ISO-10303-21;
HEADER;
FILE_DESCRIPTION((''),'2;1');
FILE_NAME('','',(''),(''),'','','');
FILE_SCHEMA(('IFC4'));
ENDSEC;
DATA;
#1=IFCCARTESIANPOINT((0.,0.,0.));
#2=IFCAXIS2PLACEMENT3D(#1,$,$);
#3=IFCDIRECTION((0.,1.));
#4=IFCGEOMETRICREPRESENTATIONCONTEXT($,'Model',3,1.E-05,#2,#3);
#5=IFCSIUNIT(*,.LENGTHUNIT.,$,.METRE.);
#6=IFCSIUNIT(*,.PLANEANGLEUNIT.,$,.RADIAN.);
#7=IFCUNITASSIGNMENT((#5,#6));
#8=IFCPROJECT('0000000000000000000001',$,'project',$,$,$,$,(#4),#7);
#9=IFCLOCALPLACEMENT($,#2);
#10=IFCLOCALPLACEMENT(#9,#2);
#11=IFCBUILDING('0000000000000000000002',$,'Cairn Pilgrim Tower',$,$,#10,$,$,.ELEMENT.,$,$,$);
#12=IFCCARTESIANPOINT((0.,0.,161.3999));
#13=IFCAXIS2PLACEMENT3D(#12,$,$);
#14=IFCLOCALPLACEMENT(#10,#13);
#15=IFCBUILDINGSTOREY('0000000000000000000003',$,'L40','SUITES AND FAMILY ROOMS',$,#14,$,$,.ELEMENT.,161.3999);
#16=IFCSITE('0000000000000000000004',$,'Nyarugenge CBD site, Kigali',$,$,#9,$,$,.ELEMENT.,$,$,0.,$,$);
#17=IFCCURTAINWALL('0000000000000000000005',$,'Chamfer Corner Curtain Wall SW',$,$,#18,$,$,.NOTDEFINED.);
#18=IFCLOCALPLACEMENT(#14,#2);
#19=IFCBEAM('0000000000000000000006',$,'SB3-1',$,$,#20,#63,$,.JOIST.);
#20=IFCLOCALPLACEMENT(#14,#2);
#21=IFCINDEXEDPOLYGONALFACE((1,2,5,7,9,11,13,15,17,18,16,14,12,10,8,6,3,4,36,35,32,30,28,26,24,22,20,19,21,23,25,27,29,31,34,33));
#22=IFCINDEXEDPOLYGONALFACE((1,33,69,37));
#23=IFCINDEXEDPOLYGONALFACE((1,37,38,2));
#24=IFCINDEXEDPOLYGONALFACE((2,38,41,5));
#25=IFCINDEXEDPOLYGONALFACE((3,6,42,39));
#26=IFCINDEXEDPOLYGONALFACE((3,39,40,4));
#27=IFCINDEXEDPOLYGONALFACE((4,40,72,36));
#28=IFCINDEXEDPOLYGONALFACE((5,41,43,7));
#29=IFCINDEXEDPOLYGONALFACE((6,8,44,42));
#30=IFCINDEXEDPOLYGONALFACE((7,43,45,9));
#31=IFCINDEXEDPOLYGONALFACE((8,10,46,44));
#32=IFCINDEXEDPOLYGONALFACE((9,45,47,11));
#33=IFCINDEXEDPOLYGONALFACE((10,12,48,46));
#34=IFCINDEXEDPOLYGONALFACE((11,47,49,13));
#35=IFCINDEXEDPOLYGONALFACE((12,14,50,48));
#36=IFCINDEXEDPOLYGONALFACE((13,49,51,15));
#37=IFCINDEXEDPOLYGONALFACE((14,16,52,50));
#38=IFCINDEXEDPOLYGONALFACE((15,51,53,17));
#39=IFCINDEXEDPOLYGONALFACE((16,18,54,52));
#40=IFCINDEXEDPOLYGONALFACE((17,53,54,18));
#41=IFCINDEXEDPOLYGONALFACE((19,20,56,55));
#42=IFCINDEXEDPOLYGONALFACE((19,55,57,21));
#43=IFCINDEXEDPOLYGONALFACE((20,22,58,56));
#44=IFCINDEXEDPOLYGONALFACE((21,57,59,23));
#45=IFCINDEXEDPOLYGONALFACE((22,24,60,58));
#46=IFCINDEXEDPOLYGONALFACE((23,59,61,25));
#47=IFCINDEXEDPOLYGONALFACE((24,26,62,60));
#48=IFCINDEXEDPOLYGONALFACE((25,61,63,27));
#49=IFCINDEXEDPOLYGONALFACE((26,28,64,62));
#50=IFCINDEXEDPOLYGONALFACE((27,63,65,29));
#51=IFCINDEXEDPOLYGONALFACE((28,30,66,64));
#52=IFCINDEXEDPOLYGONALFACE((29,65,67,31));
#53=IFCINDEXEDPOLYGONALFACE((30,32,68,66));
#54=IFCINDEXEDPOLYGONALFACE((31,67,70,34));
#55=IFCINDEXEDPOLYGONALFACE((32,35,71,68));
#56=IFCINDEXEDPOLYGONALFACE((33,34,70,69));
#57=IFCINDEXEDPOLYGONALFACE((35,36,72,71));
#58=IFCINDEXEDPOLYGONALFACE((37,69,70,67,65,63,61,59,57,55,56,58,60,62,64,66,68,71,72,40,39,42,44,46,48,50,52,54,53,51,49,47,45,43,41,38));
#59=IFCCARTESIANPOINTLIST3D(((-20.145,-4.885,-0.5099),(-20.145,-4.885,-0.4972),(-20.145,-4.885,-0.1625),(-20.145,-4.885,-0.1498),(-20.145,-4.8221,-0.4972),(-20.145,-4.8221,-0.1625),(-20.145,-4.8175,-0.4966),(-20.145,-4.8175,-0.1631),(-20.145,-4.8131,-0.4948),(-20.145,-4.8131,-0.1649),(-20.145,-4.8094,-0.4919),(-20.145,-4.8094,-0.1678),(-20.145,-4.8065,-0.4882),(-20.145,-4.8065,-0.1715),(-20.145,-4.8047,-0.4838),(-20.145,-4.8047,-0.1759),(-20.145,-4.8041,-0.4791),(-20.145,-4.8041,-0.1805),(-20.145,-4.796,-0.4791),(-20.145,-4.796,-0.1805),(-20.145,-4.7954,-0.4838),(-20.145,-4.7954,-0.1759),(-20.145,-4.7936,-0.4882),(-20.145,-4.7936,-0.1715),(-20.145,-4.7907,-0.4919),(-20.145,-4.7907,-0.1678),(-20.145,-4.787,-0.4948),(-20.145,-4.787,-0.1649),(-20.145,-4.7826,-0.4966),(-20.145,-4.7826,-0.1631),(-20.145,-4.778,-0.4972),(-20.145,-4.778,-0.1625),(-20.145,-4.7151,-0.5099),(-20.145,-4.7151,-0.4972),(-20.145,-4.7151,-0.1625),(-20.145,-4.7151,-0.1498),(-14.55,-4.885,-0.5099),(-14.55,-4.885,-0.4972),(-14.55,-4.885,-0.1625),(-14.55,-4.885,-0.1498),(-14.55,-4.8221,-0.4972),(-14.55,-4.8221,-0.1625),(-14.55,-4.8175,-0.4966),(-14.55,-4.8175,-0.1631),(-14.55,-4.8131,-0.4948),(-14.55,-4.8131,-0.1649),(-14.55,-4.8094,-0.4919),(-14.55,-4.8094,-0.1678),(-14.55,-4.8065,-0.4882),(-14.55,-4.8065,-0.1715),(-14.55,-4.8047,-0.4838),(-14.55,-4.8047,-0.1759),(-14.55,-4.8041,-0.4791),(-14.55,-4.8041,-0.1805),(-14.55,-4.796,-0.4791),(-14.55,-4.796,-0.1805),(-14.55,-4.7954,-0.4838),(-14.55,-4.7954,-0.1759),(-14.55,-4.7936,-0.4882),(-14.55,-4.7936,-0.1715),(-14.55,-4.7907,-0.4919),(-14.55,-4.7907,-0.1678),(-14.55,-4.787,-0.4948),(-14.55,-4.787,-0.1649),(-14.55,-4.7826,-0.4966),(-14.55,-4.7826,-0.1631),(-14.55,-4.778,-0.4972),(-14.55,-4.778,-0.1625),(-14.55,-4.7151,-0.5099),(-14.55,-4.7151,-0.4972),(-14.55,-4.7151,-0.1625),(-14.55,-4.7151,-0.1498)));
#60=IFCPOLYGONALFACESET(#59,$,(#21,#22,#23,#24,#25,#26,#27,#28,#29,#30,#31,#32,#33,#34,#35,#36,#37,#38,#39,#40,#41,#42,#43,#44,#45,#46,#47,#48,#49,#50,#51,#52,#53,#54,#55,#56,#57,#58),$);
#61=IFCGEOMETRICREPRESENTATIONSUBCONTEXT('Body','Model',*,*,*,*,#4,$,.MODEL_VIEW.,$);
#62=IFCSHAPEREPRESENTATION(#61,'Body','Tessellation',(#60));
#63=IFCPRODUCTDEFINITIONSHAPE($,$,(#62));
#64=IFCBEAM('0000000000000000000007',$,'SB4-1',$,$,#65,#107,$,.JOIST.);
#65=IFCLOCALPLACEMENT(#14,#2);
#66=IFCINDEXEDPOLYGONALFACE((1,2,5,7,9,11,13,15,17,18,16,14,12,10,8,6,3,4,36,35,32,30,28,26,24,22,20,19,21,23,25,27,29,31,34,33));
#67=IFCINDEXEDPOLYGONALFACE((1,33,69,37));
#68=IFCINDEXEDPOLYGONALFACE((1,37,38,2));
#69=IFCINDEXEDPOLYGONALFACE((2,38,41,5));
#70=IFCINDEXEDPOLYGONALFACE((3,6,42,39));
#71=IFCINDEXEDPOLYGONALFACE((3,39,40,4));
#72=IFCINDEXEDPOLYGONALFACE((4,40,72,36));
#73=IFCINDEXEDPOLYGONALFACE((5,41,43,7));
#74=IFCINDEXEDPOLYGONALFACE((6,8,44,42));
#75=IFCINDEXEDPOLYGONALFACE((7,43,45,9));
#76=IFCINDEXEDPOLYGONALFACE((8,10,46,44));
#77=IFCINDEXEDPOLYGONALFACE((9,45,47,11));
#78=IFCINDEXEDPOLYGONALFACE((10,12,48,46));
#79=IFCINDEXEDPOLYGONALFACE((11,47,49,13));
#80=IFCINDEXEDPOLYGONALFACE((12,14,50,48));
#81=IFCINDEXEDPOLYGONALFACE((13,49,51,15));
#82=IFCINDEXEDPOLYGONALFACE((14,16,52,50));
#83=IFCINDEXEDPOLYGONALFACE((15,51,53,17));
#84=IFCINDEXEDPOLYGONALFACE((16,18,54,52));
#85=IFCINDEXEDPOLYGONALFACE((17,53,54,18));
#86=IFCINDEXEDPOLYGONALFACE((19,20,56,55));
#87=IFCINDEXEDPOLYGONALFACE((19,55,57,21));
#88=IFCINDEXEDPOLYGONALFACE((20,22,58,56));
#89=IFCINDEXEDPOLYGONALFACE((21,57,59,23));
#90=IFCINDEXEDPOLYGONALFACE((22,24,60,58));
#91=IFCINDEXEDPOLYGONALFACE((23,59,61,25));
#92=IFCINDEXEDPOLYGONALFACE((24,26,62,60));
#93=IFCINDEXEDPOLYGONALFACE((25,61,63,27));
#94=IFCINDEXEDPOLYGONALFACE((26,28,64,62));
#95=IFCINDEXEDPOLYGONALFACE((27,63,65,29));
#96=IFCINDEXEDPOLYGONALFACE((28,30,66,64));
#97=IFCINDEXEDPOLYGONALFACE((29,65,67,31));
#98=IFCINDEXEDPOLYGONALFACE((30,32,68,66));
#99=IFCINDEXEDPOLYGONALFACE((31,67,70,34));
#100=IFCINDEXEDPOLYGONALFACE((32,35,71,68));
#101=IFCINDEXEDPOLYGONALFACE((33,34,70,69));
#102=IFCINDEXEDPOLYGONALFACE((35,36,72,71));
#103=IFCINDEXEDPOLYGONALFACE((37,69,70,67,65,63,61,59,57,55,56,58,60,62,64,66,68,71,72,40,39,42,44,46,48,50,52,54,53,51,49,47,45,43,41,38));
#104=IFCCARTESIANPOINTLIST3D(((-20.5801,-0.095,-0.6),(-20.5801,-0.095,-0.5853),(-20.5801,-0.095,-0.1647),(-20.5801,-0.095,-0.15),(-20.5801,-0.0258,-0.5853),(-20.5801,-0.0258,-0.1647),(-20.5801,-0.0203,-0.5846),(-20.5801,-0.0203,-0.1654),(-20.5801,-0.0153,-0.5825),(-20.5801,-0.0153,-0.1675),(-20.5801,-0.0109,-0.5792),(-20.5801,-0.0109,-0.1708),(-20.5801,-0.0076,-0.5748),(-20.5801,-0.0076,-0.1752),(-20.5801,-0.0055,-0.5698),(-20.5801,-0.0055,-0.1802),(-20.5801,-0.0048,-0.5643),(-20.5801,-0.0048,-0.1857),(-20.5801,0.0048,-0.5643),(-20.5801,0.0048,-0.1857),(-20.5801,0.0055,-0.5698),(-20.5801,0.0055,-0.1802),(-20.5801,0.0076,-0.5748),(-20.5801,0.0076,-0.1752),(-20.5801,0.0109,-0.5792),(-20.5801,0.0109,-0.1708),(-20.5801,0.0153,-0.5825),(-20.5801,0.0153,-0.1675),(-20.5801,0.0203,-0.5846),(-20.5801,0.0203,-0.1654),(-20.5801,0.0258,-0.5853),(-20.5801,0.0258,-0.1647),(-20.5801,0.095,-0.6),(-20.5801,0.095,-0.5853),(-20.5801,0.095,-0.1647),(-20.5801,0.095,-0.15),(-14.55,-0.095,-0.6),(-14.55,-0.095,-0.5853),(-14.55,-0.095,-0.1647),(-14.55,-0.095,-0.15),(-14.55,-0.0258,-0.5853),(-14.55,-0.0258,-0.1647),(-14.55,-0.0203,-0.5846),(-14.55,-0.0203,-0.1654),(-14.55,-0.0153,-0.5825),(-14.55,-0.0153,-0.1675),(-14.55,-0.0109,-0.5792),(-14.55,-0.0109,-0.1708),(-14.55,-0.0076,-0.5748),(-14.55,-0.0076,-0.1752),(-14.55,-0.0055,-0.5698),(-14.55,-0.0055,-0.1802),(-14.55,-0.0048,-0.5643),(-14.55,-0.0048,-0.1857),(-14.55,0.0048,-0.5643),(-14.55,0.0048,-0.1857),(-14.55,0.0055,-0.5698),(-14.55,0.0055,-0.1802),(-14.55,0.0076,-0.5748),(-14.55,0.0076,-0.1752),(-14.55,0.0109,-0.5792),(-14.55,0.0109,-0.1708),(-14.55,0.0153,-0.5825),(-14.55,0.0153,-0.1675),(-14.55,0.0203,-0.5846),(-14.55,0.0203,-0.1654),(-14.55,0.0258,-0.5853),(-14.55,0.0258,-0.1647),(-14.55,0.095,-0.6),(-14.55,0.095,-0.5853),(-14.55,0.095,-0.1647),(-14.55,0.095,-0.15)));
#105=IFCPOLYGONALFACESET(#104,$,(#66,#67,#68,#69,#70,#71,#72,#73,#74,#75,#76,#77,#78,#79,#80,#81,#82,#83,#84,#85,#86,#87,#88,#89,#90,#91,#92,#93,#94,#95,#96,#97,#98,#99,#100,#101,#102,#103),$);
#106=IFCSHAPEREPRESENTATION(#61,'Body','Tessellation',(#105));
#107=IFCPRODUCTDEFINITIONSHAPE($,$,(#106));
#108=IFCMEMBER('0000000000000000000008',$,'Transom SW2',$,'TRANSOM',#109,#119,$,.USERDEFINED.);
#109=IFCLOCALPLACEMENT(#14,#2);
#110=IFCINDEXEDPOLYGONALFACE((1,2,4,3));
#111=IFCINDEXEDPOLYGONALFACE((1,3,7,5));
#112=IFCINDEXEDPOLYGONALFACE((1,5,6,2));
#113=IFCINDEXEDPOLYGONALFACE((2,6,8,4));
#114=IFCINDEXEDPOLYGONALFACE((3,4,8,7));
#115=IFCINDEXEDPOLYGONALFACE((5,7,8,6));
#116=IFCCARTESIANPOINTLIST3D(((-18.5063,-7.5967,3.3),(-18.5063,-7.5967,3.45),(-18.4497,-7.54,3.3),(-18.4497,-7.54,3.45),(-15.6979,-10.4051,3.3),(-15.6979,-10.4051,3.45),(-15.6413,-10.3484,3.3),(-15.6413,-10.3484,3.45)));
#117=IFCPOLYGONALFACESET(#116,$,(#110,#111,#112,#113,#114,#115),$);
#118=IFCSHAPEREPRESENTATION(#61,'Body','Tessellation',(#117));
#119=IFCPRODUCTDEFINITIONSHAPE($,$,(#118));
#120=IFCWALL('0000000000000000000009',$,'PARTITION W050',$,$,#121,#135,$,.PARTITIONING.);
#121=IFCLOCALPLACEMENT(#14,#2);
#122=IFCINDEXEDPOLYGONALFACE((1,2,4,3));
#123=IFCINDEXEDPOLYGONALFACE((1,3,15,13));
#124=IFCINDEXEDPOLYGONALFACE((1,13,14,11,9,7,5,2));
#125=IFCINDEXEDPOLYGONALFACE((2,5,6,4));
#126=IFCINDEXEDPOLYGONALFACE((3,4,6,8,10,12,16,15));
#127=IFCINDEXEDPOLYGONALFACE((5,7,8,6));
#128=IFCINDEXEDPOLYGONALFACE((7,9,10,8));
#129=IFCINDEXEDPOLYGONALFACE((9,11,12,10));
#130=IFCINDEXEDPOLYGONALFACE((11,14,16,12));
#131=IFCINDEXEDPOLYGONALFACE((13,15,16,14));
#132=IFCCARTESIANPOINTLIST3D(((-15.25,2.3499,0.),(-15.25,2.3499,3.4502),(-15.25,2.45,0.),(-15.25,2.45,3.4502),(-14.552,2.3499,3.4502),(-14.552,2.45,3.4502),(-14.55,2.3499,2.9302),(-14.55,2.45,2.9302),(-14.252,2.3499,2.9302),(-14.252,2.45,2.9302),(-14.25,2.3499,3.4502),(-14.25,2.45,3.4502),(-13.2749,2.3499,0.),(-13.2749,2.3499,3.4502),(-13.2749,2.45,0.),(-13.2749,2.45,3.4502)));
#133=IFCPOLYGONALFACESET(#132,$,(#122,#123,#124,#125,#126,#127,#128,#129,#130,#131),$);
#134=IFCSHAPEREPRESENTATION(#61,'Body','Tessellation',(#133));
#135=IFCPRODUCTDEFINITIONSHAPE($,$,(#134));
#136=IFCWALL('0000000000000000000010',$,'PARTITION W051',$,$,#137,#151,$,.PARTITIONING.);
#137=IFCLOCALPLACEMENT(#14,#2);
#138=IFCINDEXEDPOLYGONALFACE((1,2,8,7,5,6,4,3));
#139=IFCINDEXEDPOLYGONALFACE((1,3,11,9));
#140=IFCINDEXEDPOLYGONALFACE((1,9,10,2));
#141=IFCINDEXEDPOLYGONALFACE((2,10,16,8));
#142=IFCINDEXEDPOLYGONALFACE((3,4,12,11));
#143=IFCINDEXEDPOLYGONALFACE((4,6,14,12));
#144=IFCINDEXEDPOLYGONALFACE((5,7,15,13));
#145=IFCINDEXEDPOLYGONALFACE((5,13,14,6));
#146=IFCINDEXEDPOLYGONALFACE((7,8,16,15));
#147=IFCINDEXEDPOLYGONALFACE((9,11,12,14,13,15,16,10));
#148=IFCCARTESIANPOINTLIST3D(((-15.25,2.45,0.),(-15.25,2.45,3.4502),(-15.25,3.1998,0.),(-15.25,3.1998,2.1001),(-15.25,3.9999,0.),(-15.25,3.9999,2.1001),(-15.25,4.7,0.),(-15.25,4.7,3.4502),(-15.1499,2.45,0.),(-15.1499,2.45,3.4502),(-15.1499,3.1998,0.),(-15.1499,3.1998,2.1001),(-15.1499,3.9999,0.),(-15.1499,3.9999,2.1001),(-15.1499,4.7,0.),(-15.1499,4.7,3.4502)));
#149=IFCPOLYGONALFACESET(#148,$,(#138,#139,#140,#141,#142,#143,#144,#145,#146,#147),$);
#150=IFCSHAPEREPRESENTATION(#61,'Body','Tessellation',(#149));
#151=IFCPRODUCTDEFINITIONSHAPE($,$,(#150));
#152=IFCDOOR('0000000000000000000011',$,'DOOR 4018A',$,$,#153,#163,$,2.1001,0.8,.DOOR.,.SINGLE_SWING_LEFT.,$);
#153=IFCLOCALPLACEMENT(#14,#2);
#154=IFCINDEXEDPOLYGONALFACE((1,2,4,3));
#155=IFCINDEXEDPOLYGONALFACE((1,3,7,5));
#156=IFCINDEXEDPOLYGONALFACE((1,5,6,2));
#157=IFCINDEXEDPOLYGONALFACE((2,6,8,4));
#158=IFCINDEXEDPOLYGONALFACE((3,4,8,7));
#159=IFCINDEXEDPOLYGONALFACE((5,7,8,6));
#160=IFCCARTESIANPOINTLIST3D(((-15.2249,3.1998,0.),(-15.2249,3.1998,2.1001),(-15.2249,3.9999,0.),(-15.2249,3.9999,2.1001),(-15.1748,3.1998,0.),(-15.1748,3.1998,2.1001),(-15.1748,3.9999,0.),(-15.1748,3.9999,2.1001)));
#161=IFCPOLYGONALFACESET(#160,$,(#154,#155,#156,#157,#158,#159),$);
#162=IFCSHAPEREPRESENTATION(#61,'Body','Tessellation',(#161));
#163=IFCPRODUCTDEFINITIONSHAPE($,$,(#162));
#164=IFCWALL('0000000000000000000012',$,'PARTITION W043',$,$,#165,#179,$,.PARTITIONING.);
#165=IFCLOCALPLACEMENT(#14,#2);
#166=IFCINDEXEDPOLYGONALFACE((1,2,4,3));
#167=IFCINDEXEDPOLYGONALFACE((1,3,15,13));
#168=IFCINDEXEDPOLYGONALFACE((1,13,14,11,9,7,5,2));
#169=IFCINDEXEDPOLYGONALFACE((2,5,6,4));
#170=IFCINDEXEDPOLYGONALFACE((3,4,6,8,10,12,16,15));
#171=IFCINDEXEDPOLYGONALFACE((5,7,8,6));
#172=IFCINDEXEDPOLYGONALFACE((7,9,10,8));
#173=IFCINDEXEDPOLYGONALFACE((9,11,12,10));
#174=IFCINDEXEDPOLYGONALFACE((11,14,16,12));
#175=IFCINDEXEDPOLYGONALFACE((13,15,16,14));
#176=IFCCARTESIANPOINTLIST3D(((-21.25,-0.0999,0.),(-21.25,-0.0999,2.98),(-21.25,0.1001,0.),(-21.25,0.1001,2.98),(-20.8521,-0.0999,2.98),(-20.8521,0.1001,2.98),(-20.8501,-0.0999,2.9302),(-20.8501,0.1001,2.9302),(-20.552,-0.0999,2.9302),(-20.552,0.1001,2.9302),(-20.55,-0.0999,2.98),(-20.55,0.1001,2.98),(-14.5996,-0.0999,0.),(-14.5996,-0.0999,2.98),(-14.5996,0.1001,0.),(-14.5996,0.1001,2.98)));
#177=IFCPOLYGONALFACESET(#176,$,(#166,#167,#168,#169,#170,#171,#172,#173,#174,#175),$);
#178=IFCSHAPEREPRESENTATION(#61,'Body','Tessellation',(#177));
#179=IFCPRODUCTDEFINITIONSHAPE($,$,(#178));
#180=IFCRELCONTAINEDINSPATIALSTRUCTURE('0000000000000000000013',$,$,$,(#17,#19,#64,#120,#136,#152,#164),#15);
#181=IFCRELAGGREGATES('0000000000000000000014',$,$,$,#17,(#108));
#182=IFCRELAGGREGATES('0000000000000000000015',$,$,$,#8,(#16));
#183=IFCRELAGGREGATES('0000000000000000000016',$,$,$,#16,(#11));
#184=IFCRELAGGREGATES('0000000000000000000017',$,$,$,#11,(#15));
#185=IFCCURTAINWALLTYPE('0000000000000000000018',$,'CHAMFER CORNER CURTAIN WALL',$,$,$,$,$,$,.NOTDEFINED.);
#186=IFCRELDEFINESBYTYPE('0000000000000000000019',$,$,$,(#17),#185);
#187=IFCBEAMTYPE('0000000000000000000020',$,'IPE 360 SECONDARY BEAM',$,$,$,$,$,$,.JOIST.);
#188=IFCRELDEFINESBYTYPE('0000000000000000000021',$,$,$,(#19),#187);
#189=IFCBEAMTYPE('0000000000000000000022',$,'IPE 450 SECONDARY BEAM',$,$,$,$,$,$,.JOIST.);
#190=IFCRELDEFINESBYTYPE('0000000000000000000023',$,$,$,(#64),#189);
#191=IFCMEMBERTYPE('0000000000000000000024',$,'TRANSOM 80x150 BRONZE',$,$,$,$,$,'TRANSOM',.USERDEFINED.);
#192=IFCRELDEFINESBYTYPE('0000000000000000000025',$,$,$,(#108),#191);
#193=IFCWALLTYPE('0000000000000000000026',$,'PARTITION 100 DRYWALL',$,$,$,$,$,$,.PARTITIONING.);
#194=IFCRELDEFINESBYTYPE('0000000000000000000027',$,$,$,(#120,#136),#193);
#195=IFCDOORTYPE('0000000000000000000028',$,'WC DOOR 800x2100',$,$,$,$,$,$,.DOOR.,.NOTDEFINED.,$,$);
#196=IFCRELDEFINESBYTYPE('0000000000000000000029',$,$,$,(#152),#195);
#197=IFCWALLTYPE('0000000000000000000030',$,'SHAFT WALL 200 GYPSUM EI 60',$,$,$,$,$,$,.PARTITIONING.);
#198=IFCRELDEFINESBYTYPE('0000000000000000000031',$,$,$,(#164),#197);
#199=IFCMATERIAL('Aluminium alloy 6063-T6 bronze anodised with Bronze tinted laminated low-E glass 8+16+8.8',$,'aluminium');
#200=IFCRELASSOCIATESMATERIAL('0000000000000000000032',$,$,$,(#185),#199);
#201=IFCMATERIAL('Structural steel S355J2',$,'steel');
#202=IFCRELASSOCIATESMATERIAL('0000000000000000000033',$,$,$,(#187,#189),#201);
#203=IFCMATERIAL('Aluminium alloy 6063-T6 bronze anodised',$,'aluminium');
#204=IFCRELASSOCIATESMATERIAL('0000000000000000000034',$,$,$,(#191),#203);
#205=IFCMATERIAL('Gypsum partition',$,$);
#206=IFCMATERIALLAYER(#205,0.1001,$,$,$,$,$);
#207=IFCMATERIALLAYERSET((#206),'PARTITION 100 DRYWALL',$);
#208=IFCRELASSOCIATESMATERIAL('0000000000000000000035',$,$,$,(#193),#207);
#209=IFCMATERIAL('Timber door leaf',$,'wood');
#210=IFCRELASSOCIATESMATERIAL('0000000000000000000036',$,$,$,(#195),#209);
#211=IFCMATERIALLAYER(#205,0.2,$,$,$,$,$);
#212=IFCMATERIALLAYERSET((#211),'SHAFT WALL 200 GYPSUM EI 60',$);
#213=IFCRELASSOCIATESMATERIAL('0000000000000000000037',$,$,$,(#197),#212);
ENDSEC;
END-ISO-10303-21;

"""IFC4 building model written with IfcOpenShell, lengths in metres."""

from ifc_helpers import new_model, si_unit, direction, frame, frame_2d, origin, origin_2d, place, context, subcontext, project, spatial, polyline, rectangle, i_section, outline, extrude, material, layer, layer_set, material_profile, profile_set, type_object, element, fill, aggregate, save


model = new_model("IFC4")

# Units and contexts
model_context = context("Model", 3, precision=1e-05, world=origin(), true_north=direction((0.0, 1.0)))
body_context = subcontext(model_context, "Body", "Model", "MODEL_VIEW")
ifc_project = project(units=[si_unit("LENGTHUNIT", "METRE"), si_unit("PLANEANGLEUNIT", "RADIAN")], contexts=[model_context])

# Site, building, storey
site_placement = place(None, origin())
site = spatial("IfcSite", under=ifc_project, at=site_placement, Name="Nyarugenge CBD site, Kigali", CompositionType="ELEMENT", RefElevation=0.0)
building_placement = place(site_placement, origin())
building = spatial("IfcBuilding", under=site, at=building_placement, Name="Cairn Pilgrim Tower", CompositionType="ELEMENT")
storey_placement = place(building_placement, frame((0.0, 0.0, 161.3999)))
storey = spatial("IfcBuildingStorey", under=building, at=storey_placement, Name="L40", Description="SUITES AND FAMILY ROOMS", CompositionType="ELEMENT", Elevation=161.3999)

# Shared definitions
ifc_material_1 = material(Name="Aluminium alloy 6063-T6 bronze anodised with Bronze tinted laminated low-E glass 8+16+8.8", Category="aluminium")
ifc_material_2 = material(Name="Aluminium alloy 6063-T6 bronze anodised", Category="aluminium")

# Curtain wall
curtain_wall_type_1 = type_object("IfcCurtainWallType", Name="CHAMFER CORNER CURTAIN WALL", PredefinedType="NOTDEFINED", material=ifc_material_1)
curtain_wall_1_placement = place(storey_placement, origin())
curtain_wall_1 = element("IfcCurtainWall", 1, at=curtain_wall_1_placement, inside=storey, type_object=curtain_wall_type_1, Name="Chamfer Corner Curtain Wall SW", PredefinedType="NOTDEFINED")

# Beams
ifc_material_3 = material(Name="Structural steel S355J2", Category="steel")
ifc_material_profile_1 = material_profile(ifc_material_3, i_section(OverallWidth=0.1699, OverallDepth=0.3601, WebThickness=0.0081, FlangeThickness=0.0127, FilletRadius=0.0181, at=origin_2d()), Name="IPE 360")
ifc_profile_set_1 = profile_set([ifc_material_profile_1], Name="Structural steel S355J2")
beam_type_1 = type_object("IfcBeamType", Name="IPE 360 SECONDARY BEAM", PredefinedType="JOIST", material=ifc_profile_set_1)
beam_1_placement = place(storey_placement, frame((-20.145, -4.8, -0.3298), z_axis=(1.0, 0.0, 0.0), x_axis=(0.0, 1.0, 0.0)))
element("IfcBeam", 2, at=beam_1_placement, inside=storey, type_object=beam_type_1, Name="SB3-1", PredefinedType="JOIST", context=body_context, shape_type="SweptSolid", body=[
    extrude(i_section(OverallWidth=0.1699, OverallDepth=0.3601, WebThickness=0.0081, FlangeThickness=0.0127, FilletRadius=0.0181, at=origin_2d()), origin(), (0.0, 0.0, 1.0), 5.595),
])
ifc_material_profile_2 = material_profile(ifc_material_3, i_section(OverallWidth=0.1899, OverallDepth=0.45, WebThickness=0.0095, FlangeThickness=0.0146, FilletRadius=0.021, at=origin_2d()), Name="IPE 450")
ifc_profile_set_2 = profile_set([ifc_material_profile_2], Name="Structural steel S355J2")
beam_type_2 = type_object("IfcBeamType", Name="IPE 450 SECONDARY BEAM", PredefinedType="JOIST", material=ifc_profile_set_2)
beam_2_placement = place(storey_placement, frame((-20.5801, 0.0, -0.375), z_axis=(1.0, 0.0, 0.0), x_axis=(0.0, 1.0, 0.0)))
element("IfcBeam", 3, at=beam_2_placement, inside=storey, type_object=beam_type_2, Name="SB4-1", PredefinedType="JOIST", context=body_context, shape_type="SweptSolid", body=[
    extrude(i_section(OverallWidth=0.1899, OverallDepth=0.45, WebThickness=0.0095, FlangeThickness=0.0146, FilletRadius=0.021, at=origin_2d()), origin(), (0.0, 0.0, 1.0), 6.03),
])

# Member
ifc_material_profile_3 = material_profile(ifc_material_2, rectangle(XDim=0.0801, YDim=0.1499, at=origin_2d()), Name="TRANSOM 80x150 BRONZE")
ifc_profile_set_3 = profile_set([ifc_material_profile_3], Name="Aluminium alloy 6063-T6 bronze anodised")
member_type_1 = type_object("IfcMemberType", Name="TRANSOM 80x150 BRONZE", ElementType="TRANSOM", PredefinedType="USERDEFINED", material=ifc_profile_set_3)
member_1_placement = place(storey_placement, frame((-18.478, -7.5684, 3.375), z_axis=(0.707107, -0.707107, 0.0), x_axis=(0.707107, 0.707107, 0.0)))
member_1 = element("IfcMember", 4, at=member_1_placement, type_object=member_type_1, Name="Transom SW2", ObjectType="TRANSOM", PredefinedType="USERDEFINED", context=body_context, shape_type="SweptSolid", body=[
    extrude(rectangle(XDim=0.0801, YDim=0.1499, at=origin_2d()), origin(), (0.0, 0.0, 1.0), 3.9717),
])
aggregate(curtain_wall_1, [member_1])

# Wall
ifc_material_4 = material(Name="Gypsum partition")
ifc_layer_1 = layer(ifc_material_4, 0.1001)
ifc_layer_set_1 = layer_set([ifc_layer_1], Name="PARTITION 100 DRYWALL")
wall_type_1 = type_object("IfcWallType", Name="PARTITION 100 DRYWALL", PredefinedType="PARTITIONING", material=ifc_layer_set_1)
wall_1_placement = place(storey_placement, frame((-15.25, 2.3999, 0.0), z_axis=(0.0, 0.0, 1.0), x_axis=(1.0, 0.0, 0.0)))
element("IfcWall", 5, at=wall_1_placement, inside=storey, type_object=wall_type_1, Name="PARTITION W050", PredefinedType="PARTITIONING", context=body_context, shape_type="SweptSolid", body=[
    extrude(outline(polyline([(0.0, 0.0), (1.9751, 0.0), (1.9751, 3.4502), (1.0, 3.4502), (0.998, 2.9302), (0.7, 2.9302), (0.698, 3.4502), (0.0, 3.4502), (0.0, 0.0)])), frame((0.0, 0.05, 0.0), z_axis=(0.0, -1.0, 0.0), x_axis=(1.0, 0.0, 0.0)), (0.0, 0.0, 1.0), 0.1001),
])

# Wall, opening, door
wall_2_placement = place(storey_placement, frame((-15.2, 2.45, 0.0), z_axis=(0.0, 0.0, 1.0), x_axis=(0.0, 1.0, 0.0)))
wall_2 = element("IfcWall", 6, at=wall_2_placement, inside=storey, type_object=wall_type_1, Name="PARTITION W051", PredefinedType="PARTITIONING", context=body_context, shape_type="SweptSolid", body=[
    extrude(rectangle(XDim=2.25, YDim=0.1001, at=frame_2d((1.125, 0.0))), origin(), (0.0, 0.0, 1.0), 3.4502),
])
opening_1_placement = place(wall_2_placement, frame((0.75, 0.0, 0.0)))
opening_1 = element("IfcOpeningElement", 7, at=opening_1_placement, cuts=wall_2, PredefinedType="OPENING", context=body_context, shape_type="SweptSolid", body=[
    extrude(rectangle(XDim=0.8, YDim=2.1001, at=frame_2d((0.3999, 1.05))), frame((0.0, 0.0601, 0.0), z_axis=(0.0, -1.0, 0.0), x_axis=(1.0, 0.0, 0.0)), (0.0, 0.0, 1.0), 0.1201),
])
ifc_material_5 = material(Name="Timber door leaf", Category="wood")
door_type_1 = type_object("IfcDoorType", Name="WC DOOR 800x2100", OperationType="NOTDEFINED", PredefinedType="DOOR", material=ifc_material_5)
door_1_placement = place(opening_1_placement, origin())
door_1 = element("IfcDoor", 8, at=door_1_placement, inside=storey, type_object=door_type_1, Name="DOOR 4018A", OperationType="SINGLE_SWING_LEFT", OverallHeight=2.1001, OverallWidth=0.8, PredefinedType="DOOR", context=body_context, shape_type="SweptSolid", body=[
    extrude(rectangle(XDim=0.8, YDim=2.1001, at=frame_2d((0.3999, 1.05))), frame((0.0, 0.0249, 0.0), z_axis=(0.0, -1.0, 0.0), x_axis=(1.0, 0.0, 0.0)), (0.0, 0.0, 1.0), 0.05),
])
fill(opening_1, door_1)

# Wall
ifc_layer_2 = layer(ifc_material_4, 0.2)
ifc_layer_set_2 = layer_set([ifc_layer_2], Name="SHAFT WALL 200 GYPSUM EI 60")
wall_type_2 = type_object("IfcWallType", Name="SHAFT WALL 200 GYPSUM EI 60", PredefinedType="PARTITIONING", material=ifc_layer_set_2)
wall_3_placement = place(storey_placement, frame((-21.25, 0.0, 0.0), z_axis=(0.0, 0.0, 1.0), x_axis=(1.0, 0.0, 0.0)))
element("IfcWall", 9, at=wall_3_placement, inside=storey, type_object=wall_type_2, Name="PARTITION W043", PredefinedType="PARTITIONING", context=body_context, shape_type="SweptSolid", body=[
    extrude(outline(polyline([(0.0, 0.0), (6.6504, 0.0), (6.6504, 2.98), (0.7, 2.98), (0.698, 2.9302), (0.3999, 2.9302), (0.3979, 2.98), (0.0, 2.98), (0.0, 0.0)])), frame((0.0, 0.1001, 0.0), z_axis=(0.0, -1.0, 0.0), x_axis=(1.0, 0.0, 0.0)), (0.0, 0.0, 1.0), 0.2),
])

save(model, "model.ifc")
